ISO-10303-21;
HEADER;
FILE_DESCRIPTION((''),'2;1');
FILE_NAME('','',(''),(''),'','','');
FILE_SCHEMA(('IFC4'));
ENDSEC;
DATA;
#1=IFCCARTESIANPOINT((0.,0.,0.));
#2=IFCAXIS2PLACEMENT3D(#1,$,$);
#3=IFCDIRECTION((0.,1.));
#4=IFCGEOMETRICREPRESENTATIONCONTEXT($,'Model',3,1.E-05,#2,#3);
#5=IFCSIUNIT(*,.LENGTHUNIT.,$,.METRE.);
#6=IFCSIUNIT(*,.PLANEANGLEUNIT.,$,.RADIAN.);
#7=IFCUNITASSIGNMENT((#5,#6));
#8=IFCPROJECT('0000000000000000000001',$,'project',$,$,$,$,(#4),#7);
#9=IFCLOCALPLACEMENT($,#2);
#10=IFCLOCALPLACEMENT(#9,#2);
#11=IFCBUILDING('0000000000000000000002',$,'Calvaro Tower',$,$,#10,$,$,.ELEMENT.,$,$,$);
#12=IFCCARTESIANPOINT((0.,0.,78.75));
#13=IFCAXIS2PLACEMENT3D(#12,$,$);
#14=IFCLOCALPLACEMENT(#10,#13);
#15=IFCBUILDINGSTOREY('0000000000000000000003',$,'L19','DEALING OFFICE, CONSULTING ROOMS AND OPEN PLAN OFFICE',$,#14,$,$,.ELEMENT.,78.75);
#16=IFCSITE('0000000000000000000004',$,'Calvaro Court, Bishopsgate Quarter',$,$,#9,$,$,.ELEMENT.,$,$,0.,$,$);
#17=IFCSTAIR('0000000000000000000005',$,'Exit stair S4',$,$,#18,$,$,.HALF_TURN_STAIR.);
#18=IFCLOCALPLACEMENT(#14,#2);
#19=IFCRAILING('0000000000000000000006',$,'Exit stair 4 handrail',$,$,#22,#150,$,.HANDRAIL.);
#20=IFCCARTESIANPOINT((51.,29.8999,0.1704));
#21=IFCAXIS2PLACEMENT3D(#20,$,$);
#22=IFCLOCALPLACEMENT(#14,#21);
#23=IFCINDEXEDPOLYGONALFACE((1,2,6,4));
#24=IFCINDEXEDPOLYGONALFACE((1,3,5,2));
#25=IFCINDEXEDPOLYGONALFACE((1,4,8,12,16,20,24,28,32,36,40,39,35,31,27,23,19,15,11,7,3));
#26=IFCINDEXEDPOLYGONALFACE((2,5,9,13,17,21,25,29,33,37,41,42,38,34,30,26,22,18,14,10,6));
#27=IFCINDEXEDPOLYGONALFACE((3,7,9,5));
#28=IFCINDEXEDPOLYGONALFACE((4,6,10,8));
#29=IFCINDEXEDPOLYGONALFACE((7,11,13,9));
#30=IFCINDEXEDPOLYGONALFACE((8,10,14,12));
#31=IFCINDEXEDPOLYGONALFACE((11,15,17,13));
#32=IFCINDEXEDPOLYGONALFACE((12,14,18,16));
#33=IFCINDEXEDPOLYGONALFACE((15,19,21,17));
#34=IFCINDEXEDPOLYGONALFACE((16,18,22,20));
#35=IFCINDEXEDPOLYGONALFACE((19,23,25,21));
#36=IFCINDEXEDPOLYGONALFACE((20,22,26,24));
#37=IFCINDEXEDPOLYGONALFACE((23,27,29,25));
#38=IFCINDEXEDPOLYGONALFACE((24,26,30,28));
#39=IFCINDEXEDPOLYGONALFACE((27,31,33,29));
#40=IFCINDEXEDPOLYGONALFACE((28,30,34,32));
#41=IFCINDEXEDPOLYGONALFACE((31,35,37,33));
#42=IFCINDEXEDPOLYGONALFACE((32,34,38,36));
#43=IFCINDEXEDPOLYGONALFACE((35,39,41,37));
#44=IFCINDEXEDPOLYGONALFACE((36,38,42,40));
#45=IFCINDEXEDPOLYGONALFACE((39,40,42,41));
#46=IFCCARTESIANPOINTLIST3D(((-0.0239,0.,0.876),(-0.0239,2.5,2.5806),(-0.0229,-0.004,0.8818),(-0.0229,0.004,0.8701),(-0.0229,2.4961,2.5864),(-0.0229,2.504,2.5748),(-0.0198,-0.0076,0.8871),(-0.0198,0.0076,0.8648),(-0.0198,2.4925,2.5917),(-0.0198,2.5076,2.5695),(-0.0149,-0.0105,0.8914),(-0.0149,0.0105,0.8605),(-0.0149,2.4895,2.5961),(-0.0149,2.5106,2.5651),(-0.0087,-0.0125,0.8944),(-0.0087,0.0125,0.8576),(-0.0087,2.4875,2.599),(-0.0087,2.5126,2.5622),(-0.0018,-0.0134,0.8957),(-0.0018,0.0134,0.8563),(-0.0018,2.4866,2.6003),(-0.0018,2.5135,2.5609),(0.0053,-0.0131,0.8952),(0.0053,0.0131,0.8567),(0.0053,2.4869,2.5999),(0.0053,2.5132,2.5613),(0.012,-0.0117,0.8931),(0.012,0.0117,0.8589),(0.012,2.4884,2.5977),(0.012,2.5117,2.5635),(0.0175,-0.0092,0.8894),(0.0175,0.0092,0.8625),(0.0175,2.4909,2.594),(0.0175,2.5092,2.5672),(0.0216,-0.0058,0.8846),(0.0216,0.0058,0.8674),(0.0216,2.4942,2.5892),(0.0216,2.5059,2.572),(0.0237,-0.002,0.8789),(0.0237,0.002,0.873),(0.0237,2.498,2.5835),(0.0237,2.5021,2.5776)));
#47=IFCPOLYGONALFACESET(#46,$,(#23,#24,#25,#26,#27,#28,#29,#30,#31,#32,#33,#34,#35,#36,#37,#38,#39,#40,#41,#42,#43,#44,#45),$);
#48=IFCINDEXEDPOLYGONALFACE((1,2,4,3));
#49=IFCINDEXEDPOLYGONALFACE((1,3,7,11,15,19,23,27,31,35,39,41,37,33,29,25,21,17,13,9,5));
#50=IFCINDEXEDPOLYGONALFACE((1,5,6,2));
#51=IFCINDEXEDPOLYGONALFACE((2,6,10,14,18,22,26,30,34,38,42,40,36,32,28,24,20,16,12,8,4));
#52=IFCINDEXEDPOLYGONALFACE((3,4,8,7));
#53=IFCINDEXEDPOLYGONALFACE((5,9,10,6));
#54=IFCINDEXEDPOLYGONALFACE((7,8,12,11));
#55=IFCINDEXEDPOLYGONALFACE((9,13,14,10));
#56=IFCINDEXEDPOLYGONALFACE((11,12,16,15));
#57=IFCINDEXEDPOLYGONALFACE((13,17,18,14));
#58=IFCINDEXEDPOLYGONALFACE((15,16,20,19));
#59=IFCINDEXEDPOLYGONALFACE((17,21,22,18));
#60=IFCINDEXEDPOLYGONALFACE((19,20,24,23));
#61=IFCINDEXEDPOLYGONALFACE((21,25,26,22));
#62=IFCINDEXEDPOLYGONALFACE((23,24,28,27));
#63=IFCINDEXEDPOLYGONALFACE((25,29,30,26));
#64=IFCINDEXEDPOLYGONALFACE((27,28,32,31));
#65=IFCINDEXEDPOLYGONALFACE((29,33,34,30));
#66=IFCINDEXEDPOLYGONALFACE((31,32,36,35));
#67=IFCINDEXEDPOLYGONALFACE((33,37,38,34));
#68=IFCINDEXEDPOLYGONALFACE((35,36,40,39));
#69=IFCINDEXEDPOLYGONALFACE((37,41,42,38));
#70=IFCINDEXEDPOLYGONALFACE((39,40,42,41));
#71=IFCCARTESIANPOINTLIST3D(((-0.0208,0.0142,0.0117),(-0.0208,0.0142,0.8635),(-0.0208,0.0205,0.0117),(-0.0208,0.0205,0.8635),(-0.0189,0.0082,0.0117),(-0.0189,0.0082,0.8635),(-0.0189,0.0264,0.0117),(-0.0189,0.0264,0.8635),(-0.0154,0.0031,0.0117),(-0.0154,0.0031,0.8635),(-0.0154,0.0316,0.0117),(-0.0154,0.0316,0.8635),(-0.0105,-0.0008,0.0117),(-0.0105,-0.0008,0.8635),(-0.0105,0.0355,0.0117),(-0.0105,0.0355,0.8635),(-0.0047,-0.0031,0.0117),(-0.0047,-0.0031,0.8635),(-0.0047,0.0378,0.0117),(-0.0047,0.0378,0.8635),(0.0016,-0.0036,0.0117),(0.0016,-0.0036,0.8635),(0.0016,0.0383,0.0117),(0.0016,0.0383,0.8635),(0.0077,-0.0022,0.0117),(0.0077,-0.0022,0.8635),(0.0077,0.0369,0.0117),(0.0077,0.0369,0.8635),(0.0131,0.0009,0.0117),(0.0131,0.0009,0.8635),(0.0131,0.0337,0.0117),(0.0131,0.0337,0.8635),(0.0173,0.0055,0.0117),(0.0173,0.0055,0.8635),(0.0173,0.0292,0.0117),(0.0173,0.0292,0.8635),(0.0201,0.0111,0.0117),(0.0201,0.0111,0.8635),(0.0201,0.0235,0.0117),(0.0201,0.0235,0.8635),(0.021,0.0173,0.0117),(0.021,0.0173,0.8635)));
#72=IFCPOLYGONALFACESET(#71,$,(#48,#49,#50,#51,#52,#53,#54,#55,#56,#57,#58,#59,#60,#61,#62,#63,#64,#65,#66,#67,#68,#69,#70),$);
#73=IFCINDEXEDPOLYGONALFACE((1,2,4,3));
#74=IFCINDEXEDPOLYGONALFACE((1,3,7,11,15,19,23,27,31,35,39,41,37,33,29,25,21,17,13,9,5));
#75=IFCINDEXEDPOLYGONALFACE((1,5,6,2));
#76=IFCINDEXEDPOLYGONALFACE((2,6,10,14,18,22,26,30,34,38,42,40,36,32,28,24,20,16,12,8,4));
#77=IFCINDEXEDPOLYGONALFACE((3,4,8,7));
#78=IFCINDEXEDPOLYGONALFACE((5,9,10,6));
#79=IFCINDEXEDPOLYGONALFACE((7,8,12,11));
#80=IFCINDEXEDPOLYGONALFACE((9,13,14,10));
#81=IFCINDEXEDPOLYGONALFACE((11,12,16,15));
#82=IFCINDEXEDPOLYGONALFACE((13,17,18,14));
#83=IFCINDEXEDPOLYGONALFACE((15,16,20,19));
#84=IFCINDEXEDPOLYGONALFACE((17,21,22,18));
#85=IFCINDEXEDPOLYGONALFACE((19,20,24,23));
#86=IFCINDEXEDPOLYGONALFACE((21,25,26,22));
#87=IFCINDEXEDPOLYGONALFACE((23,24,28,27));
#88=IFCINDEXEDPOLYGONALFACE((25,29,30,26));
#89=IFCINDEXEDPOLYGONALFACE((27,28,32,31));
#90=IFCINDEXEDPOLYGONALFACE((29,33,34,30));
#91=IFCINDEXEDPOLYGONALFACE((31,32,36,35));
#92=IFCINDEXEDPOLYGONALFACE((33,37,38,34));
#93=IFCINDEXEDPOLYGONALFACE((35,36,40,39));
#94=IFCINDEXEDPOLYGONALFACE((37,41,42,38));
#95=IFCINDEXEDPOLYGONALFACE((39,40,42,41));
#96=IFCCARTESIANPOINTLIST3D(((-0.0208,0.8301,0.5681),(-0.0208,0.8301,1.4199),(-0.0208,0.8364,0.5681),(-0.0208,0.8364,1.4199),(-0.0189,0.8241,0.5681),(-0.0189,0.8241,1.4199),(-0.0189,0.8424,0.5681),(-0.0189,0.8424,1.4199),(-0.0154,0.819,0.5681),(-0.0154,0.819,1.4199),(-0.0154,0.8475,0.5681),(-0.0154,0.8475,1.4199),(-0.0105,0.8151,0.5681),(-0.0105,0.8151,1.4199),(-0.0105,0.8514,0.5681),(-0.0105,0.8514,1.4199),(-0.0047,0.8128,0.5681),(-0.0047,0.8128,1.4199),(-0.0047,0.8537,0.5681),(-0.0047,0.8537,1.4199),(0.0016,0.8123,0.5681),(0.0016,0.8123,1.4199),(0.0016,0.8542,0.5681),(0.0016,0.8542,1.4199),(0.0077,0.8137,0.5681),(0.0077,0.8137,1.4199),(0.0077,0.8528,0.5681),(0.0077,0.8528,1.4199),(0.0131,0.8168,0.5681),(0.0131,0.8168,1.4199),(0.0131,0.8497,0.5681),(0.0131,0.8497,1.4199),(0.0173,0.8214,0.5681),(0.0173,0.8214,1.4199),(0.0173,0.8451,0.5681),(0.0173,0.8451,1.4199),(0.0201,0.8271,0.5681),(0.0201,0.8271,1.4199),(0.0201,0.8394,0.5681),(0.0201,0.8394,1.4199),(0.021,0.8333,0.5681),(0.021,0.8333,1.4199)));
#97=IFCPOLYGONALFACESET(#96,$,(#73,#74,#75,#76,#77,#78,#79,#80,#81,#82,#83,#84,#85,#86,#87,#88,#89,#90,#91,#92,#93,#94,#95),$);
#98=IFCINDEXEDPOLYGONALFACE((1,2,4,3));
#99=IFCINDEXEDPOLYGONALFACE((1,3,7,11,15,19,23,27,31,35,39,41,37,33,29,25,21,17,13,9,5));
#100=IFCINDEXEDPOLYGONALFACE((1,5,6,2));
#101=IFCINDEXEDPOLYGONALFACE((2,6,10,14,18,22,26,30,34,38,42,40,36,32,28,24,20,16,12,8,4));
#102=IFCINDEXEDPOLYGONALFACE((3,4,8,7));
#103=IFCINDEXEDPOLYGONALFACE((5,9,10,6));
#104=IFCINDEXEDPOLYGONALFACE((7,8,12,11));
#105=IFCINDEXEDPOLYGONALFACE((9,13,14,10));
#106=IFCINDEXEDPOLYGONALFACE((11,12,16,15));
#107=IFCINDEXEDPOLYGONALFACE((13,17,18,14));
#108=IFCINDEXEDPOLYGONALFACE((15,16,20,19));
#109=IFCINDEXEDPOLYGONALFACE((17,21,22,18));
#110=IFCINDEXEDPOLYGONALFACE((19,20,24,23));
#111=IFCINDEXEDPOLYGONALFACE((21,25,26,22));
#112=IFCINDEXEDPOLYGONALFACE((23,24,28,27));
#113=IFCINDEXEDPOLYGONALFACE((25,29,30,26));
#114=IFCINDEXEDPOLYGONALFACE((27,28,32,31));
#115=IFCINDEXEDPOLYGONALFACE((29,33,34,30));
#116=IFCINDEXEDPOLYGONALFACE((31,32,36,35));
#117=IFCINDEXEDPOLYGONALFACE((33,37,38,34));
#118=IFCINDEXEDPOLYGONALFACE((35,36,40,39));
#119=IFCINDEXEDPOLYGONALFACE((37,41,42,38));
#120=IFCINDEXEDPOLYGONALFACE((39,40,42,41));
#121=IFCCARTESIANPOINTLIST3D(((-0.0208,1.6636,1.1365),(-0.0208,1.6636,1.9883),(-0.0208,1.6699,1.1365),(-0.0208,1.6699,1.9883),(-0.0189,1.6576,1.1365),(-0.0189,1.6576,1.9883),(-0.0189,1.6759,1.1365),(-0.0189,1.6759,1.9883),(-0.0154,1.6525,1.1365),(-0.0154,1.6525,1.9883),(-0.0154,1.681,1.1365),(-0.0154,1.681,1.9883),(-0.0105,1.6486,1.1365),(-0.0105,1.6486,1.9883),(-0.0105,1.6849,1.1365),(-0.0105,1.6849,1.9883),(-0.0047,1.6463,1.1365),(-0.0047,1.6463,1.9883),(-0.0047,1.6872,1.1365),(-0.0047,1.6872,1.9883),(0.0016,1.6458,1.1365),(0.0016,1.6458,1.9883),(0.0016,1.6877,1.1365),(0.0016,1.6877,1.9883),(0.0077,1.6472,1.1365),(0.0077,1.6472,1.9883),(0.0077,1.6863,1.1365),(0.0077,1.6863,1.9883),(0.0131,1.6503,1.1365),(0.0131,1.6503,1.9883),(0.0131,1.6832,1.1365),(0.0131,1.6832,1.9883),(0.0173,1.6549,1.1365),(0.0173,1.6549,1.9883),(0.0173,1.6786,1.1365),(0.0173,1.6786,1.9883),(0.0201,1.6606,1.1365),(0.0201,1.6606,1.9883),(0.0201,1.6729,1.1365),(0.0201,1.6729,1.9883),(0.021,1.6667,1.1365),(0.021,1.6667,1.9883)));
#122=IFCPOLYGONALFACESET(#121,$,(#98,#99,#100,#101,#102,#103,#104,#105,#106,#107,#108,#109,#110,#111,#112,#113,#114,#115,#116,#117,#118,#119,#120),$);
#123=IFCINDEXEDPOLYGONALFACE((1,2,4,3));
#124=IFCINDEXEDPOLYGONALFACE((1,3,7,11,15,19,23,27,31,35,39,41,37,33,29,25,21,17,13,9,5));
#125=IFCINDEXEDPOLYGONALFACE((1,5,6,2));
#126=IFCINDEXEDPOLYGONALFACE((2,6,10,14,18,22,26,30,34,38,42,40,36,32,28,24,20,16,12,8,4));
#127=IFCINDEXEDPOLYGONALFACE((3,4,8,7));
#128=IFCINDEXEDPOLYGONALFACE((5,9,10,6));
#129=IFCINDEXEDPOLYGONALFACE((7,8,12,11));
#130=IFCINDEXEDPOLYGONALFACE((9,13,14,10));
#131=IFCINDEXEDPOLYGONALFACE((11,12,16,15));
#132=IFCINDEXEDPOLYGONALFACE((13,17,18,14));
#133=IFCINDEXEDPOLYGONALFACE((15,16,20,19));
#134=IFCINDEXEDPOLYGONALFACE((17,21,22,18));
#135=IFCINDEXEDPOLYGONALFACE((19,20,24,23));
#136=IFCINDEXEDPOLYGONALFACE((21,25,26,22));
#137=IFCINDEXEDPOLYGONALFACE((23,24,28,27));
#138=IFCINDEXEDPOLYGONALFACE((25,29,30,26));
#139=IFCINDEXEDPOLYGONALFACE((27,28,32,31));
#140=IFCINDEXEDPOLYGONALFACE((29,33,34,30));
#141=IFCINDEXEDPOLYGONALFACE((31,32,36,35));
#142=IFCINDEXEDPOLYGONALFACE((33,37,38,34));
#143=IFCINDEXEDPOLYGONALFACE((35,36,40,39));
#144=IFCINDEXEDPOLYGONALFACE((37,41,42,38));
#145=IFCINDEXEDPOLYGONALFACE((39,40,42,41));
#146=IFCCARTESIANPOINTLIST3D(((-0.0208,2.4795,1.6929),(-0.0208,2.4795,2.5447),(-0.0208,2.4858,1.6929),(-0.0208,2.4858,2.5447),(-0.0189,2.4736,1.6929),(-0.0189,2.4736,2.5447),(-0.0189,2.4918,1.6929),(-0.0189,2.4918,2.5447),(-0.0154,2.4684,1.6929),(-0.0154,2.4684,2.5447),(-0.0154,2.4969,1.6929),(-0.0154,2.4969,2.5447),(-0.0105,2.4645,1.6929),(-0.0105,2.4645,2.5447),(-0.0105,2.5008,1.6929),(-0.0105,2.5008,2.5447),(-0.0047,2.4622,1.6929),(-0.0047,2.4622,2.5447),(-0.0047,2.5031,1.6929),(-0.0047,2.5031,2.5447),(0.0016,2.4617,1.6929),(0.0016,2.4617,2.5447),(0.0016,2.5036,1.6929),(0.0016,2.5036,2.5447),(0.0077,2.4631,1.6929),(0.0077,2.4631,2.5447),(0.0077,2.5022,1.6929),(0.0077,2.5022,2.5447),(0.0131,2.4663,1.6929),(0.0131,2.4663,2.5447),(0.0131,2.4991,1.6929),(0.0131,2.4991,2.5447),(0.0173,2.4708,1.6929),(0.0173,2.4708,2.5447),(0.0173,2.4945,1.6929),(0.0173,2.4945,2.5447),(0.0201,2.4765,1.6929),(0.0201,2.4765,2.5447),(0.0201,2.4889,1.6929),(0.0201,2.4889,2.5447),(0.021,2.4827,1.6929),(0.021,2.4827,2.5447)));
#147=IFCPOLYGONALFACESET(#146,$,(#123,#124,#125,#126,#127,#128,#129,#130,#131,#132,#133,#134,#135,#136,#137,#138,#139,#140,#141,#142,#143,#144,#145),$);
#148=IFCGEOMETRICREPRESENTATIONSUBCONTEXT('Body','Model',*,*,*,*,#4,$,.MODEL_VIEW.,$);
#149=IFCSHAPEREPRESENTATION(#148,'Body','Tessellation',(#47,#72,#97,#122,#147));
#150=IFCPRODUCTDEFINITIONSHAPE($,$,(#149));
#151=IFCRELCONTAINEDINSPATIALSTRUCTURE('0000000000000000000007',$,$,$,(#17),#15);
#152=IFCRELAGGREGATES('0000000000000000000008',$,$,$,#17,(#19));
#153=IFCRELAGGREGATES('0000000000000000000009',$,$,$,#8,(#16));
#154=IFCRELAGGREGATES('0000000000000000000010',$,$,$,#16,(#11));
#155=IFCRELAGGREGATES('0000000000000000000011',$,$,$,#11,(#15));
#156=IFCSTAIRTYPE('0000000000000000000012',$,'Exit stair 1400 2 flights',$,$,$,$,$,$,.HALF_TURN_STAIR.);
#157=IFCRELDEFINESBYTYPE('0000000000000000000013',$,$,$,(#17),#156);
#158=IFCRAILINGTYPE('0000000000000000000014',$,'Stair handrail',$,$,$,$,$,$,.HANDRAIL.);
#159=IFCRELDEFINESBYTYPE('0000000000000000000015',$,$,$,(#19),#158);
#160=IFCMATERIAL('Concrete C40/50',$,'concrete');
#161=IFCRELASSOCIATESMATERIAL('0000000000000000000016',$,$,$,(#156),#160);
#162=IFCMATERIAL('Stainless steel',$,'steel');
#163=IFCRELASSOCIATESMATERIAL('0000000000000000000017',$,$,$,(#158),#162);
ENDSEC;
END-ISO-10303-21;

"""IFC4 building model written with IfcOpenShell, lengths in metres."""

from ifc_helpers import new_model, si_unit, direction, frame, origin, origin_2d, place, context, subcontext, project, spatial, circle, extrude, material, type_object, element, aggregate, save


model = new_model("IFC4")

# Units and contexts
model_context = context("Model", 3, precision=1e-05, world=origin(), true_north=direction((0.0, 1.0)))
body_context = subcontext(model_context, "Body", "Model", "MODEL_VIEW")
ifc_project = project(units=[si_unit("LENGTHUNIT", "METRE"), si_unit("PLANEANGLEUNIT", "RADIAN")], contexts=[model_context])

# Site, building, storey
site_placement = place(None, origin())
site = spatial("IfcSite", under=ifc_project, at=site_placement, Name="Calvaro Court, Bishopsgate Quarter", CompositionType="ELEMENT", RefElevation=0.0)
building_placement = place(site_placement, origin())
building = spatial("IfcBuilding", under=site, at=building_placement, Name="Calvaro Tower", CompositionType="ELEMENT")
storey_placement = place(building_placement, frame((0.0, 0.0, 78.75)))
storey = spatial("IfcBuildingStorey", under=building, at=storey_placement, Name="L19", Description="DEALING OFFICE, CONSULTING ROOMS AND OPEN PLAN OFFICE", CompositionType="ELEMENT", Elevation=78.75)

# Stair
ifc_material_1 = material(Name="Concrete C40/50", Category="concrete")
stair_type = type_object("IfcStairType", Name="Exit stair 1400 2 flights", PredefinedType="HALF_TURN_STAIR", material=ifc_material_1)
stair_1_placement = place(storey_placement, origin())
stair_1 = element("IfcStair", 1, at=stair_1_placement, inside=storey, type_object=stair_type, Name="Exit stair S4", PredefinedType="HALF_TURN_STAIR")

# Railing
ifc_material_2 = material(Name="Stainless steel", Category="steel")
railing_type = type_object("IfcRailingType", Name="Stair handrail", PredefinedType="HANDRAIL", material=ifc_material_2)
railing_1_placement = place(storey_placement, frame((51.0, 29.8999, 0.1704)))
railing_1 = element("IfcRailing", 2, at=railing_1_placement, type_object=railing_type, Name="Exit stair 4 handrail", PredefinedType="HANDRAIL", context=body_context, shape_type="SweptSolid", body=[
    extrude(circle(Radius=0.0239, at=origin_2d()), frame((0.0, 0.0, 0.876), z_axis=(0.0, 0.826221, 0.563347), x_axis=(-1.0, 0.0, 0.0)), (0.0, 0.0, 1.0), 3.0259),
    extrude(circle(Radius=0.021, at=origin_2d()), frame((0.0, 0.0173, 0.0117)), (0.0, 0.0, 1.0), 0.8518),
    extrude(circle(Radius=0.021, at=origin_2d()), frame((0.0, 0.8333, 0.5681)), (0.0, 0.0, 1.0), 0.8518),
    extrude(circle(Radius=0.021, at=origin_2d()), frame((0.0, 1.6667, 1.1365)), (0.0, 0.0, 1.0), 0.8518),
    extrude(circle(Radius=0.021, at=origin_2d()), frame((0.0, 2.4827, 1.6929)), (0.0, 0.0, 1.0), 0.8518),
])
aggregate(stair_1, [railing_1])

save(model, "model.ifc")
